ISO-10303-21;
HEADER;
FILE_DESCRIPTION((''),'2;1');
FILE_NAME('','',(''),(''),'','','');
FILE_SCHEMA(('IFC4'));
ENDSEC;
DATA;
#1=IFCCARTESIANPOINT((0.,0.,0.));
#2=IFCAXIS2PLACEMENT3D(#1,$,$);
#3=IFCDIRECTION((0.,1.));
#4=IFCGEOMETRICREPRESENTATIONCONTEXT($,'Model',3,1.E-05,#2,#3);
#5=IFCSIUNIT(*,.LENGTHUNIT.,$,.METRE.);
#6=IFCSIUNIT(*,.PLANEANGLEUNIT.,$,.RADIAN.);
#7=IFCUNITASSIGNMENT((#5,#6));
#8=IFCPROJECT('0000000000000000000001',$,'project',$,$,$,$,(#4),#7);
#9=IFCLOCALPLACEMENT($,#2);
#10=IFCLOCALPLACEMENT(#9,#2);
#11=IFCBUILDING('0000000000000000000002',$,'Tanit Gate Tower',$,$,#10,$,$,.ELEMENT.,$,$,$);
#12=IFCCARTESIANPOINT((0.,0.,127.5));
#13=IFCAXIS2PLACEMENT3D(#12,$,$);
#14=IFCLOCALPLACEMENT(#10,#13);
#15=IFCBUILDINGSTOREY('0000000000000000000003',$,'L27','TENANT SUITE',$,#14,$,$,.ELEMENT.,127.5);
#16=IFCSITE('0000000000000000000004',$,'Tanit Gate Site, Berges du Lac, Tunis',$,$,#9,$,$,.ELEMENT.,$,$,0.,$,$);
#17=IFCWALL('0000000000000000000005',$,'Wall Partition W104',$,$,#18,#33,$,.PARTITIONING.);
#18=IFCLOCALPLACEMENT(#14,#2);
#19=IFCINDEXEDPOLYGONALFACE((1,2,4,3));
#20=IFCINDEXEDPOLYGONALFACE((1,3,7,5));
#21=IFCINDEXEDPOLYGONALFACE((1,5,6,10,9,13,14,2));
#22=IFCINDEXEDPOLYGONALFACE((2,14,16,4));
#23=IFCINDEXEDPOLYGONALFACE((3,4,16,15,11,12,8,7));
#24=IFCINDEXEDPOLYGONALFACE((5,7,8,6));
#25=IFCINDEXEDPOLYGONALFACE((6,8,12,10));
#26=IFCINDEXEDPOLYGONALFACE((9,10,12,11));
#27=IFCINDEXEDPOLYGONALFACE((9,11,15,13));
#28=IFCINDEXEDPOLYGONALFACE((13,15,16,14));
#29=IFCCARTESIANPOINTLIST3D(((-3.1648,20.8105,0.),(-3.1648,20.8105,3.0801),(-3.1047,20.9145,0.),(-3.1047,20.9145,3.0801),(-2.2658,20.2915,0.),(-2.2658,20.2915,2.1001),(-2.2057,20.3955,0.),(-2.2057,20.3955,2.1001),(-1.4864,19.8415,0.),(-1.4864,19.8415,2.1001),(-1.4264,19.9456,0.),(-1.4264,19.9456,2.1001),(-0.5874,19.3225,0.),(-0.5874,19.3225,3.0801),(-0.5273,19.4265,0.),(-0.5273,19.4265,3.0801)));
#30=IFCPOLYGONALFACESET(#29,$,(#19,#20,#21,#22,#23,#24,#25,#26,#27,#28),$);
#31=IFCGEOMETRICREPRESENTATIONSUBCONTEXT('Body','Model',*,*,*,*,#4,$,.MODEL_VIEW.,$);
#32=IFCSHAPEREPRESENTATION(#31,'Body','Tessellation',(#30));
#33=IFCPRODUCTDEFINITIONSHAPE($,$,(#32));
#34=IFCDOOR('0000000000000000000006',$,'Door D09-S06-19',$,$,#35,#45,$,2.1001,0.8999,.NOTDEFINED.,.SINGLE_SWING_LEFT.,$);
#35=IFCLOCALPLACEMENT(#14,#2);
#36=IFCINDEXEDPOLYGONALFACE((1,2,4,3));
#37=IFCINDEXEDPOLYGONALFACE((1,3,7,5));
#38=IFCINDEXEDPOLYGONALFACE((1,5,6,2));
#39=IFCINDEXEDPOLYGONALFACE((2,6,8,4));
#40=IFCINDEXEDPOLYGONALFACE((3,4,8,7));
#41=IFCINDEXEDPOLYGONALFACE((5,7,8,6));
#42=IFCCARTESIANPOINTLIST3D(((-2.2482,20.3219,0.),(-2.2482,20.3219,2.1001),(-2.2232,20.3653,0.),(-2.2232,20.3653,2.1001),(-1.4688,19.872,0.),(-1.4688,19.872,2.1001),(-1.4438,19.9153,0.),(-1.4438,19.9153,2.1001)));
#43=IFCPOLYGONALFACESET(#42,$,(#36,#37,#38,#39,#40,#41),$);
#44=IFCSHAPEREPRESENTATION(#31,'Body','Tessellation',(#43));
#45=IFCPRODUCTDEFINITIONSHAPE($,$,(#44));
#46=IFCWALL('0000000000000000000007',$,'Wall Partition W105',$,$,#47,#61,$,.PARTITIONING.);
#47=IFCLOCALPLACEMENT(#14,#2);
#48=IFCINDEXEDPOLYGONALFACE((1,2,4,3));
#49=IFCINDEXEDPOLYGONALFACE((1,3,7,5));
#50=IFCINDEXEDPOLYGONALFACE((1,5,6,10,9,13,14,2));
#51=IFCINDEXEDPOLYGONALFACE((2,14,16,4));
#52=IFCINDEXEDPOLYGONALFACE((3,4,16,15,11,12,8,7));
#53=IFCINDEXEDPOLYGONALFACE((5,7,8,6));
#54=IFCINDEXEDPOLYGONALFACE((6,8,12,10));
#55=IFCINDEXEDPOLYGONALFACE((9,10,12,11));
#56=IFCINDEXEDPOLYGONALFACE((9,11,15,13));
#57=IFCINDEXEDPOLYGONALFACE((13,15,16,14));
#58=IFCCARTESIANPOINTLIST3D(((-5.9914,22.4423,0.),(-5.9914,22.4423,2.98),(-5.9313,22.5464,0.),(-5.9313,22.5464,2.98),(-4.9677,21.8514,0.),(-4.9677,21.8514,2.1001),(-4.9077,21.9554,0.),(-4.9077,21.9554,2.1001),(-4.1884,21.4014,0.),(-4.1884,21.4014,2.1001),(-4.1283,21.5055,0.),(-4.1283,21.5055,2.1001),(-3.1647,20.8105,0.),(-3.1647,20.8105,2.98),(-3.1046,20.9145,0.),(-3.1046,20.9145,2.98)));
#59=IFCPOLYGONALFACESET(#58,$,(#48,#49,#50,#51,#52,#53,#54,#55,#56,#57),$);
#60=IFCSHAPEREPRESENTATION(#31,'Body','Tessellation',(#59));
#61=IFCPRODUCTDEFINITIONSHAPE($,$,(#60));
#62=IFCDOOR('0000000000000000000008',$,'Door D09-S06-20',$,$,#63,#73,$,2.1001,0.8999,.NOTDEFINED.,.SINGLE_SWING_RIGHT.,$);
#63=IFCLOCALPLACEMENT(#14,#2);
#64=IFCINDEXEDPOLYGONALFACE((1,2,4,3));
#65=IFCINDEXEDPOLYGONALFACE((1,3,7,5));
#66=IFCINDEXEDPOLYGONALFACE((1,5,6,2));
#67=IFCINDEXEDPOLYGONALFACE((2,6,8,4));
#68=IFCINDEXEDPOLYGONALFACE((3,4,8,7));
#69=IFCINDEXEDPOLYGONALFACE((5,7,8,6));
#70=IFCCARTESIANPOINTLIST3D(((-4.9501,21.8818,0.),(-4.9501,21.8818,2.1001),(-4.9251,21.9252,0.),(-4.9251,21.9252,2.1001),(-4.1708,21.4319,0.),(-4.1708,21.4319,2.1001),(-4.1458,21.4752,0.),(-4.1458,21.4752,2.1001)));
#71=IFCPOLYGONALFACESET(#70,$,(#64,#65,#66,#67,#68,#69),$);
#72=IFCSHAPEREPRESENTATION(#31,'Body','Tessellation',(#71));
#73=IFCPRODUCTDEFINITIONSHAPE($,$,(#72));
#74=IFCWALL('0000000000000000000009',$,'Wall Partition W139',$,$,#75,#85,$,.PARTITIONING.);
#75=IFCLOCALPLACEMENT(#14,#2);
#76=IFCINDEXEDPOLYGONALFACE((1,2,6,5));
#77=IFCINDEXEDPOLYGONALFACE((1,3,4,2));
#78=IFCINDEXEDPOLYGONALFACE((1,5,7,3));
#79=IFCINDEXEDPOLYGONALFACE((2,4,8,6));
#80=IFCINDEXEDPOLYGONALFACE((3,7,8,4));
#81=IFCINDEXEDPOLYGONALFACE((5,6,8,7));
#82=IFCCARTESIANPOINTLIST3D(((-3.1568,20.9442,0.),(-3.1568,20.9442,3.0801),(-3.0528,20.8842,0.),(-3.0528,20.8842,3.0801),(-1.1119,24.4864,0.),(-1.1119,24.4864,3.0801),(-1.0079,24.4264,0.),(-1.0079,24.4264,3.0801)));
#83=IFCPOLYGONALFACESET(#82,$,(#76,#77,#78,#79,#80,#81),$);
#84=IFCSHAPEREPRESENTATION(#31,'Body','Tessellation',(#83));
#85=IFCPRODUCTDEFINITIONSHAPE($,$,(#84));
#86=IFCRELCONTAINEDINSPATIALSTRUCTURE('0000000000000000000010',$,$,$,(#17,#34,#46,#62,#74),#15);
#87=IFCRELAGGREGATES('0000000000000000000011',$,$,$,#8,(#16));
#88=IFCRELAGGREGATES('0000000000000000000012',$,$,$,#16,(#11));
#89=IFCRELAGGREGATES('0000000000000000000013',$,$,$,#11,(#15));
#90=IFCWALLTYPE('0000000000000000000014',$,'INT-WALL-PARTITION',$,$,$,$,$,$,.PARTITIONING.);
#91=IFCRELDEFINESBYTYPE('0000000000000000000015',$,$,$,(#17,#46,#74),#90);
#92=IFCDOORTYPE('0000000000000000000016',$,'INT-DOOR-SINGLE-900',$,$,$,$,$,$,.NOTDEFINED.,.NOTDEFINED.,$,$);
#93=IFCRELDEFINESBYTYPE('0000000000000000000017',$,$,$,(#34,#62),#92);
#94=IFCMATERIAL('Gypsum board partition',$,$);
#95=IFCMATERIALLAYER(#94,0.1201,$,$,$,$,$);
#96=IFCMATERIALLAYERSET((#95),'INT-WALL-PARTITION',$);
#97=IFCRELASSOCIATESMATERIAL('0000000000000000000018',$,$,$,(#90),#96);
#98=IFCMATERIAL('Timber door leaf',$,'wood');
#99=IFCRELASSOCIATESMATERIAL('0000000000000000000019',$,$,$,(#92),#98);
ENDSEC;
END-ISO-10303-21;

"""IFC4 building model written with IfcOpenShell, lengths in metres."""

from ifc_helpers import new_model, si_unit, direction, frame, frame_2d, origin, place, context, subcontext, project, spatial, rectangle, extrude, material, layer, layer_set, type_object, element, fill, save


model = new_model("IFC4")

# Units and contexts
model_context = context("Model", 3, precision=1e-05, world=origin(), true_north=direction((0.0, 1.0)))
body_context = subcontext(model_context, "Body", "Model", "MODEL_VIEW")
ifc_project = project(units=[si_unit("LENGTHUNIT", "METRE"), si_unit("PLANEANGLEUNIT", "RADIAN")], contexts=[model_context])

# Site, building, storey
site_placement = place(None, origin())
site = spatial("IfcSite", under=ifc_project, at=site_placement, Name="Tanit Gate Site, Berges du Lac, Tunis", CompositionType="ELEMENT", RefElevation=0.0)
building_placement = place(site_placement, origin())
building = spatial("IfcBuilding", under=site, at=building_placement, Name="Tanit Gate Tower", CompositionType="ELEMENT")
storey_placement = place(building_placement, frame((0.0, 0.0, 127.5)))
storey = spatial("IfcBuildingStorey", under=building, at=storey_placement, Name="L27", Description="TENANT SUITE", CompositionType="ELEMENT", Elevation=127.5)

# Walls, openings, doors
ifc_material_1 = material(Name="Gypsum board partition")
ifc_layer_1 = layer(ifc_material_1, 0.1201)
ifc_layer_set_1 = layer_set([ifc_layer_1], Name="INT-WALL-PARTITION")
wall_type_1 = type_object("IfcWallType", Name="INT-WALL-PARTITION", PredefinedType="PARTITIONING", material=ifc_layer_set_1)
wall_1_placement = place(storey_placement, frame((-0.5574, 19.3745, 0.0), z_axis=(0.0, 0.0, 1.0), x_axis=(-0.866028, 0.499995, 0.0)))
wall_1 = element("IfcWall", 1, at=wall_1_placement, inside=storey, type_object=wall_type_1, Name="Wall Partition W104", PredefinedType="PARTITIONING", context=body_context, shape_type="SweptSolid", body=[
    extrude(rectangle(XDim=2.9761, YDim=0.1201, at=frame_2d((1.488, 0.0))), origin(), (0.0, 0.0, 1.0), 3.0801),
])
opening_1_placement = place(wall_1_placement, frame((1.0381, 0.0, 0.0)))
opening_1 = element("IfcOpeningElement", 2, at=opening_1_placement, cuts=wall_1, PredefinedType="OPENING", context=body_context, shape_type="SweptSolid", body=[
    extrude(rectangle(XDim=0.8999, YDim=2.1001, at=frame_2d((0.45, 1.05))), frame((0.0, 0.0701, 0.0), z_axis=(0.0, -1.0, 0.0), x_axis=(1.0, 0.0, 0.0)), (0.0, 0.0, 1.0), 0.1401),
])
ifc_material_2 = material(Name="Timber door leaf", Category="wood")
door_type = type_object("IfcDoorType", Name="INT-DOOR-SINGLE-900", OperationType="NOTDEFINED", PredefinedType="NOTDEFINED", material=ifc_material_2)
door_1_placement = place(opening_1_placement, origin())
door_1 = element("IfcDoor", 3, at=door_1_placement, inside=storey, type_object=door_type, Name="Door D09-S06-19", OperationType="SINGLE_SWING_LEFT", OverallHeight=2.1001, OverallWidth=0.8999, PredefinedType="NOTDEFINED", context=body_context, shape_type="SweptSolid", body=[
    extrude(rectangle(XDim=0.8999, YDim=2.1001, at=frame_2d((0.45, 1.05))), frame((0.0, 0.0249, 0.0), z_axis=(0.0, -1.0, 0.0), x_axis=(1.0, 0.0, 0.0)), (0.0, 0.0, 1.0), 0.05),
])
fill(opening_1, door_1)
wall_2_placement = place(storey_placement, frame((-3.1348, 20.8625, 0.0), z_axis=(0.0, 0.0, 1.0), x_axis=(-0.866044, 0.499969, 0.0)))
wall_2 = element("IfcWall", 4, at=wall_2_placement, inside=storey, type_object=wall_type_1, Name="Wall Partition W105", PredefinedType="PARTITIONING", context=body_context, shape_type="SweptSolid", body=[
    extrude(rectangle(XDim=3.2639, YDim=0.1201, at=frame_2d((1.6318, 0.0))), origin(), (0.0, 0.0, 1.0), 2.98),
])
opening_2_placement = place(wall_2_placement, frame((1.1819, 0.0, 0.0)))
opening_2 = element("IfcOpeningElement", 5, at=opening_2_placement, cuts=wall_2, PredefinedType="OPENING", context=body_context, shape_type="SweptSolid", body=[
    extrude(rectangle(XDim=0.8999, YDim=2.1001, at=frame_2d((0.45, 1.05))), frame((0.0, 0.0701, 0.0), z_axis=(0.0, -1.0, 0.0), x_axis=(1.0, 0.0, 0.0)), (0.0, 0.0, 1.0), 0.1401),
])
door_2_placement = place(opening_2_placement, origin())
door_2 = element("IfcDoor", 6, at=door_2_placement, inside=storey, type_object=door_type, Name="Door D09-S06-20", OperationType="SINGLE_SWING_RIGHT", OverallHeight=2.1001, OverallWidth=0.8999, PredefinedType="NOTDEFINED", context=body_context, shape_type="SweptSolid", body=[
    extrude(rectangle(XDim=0.8999, YDim=2.1001, at=frame_2d((0.45, 1.05))), frame((0.0, 0.0249, 0.0), z_axis=(0.0, -1.0, 0.0), x_axis=(1.0, 0.0, 0.0)), (0.0, 0.0, 1.0), 0.05),
])
fill(opening_2, door_2)

# Wall
wall_3_placement = place(storey_placement, frame((-3.1047, 20.9143, 0.0), z_axis=(0.0, 0.0, 1.0), x_axis=(0.499965, 0.866045, 0.0)))
element("IfcWall", 7, at=wall_3_placement, inside=storey, type_object=wall_type_1, Name="Wall Partition W139", PredefinedType="PARTITIONING", context=body_context, shape_type="SweptSolid", body=[
    extrude(rectangle(XDim=4.0901, YDim=0.1201, at=frame_2d((2.0449, 0.0))), origin(), (0.0, 0.0, 1.0), 3.0801),
])

save(model, "model.ifc")
